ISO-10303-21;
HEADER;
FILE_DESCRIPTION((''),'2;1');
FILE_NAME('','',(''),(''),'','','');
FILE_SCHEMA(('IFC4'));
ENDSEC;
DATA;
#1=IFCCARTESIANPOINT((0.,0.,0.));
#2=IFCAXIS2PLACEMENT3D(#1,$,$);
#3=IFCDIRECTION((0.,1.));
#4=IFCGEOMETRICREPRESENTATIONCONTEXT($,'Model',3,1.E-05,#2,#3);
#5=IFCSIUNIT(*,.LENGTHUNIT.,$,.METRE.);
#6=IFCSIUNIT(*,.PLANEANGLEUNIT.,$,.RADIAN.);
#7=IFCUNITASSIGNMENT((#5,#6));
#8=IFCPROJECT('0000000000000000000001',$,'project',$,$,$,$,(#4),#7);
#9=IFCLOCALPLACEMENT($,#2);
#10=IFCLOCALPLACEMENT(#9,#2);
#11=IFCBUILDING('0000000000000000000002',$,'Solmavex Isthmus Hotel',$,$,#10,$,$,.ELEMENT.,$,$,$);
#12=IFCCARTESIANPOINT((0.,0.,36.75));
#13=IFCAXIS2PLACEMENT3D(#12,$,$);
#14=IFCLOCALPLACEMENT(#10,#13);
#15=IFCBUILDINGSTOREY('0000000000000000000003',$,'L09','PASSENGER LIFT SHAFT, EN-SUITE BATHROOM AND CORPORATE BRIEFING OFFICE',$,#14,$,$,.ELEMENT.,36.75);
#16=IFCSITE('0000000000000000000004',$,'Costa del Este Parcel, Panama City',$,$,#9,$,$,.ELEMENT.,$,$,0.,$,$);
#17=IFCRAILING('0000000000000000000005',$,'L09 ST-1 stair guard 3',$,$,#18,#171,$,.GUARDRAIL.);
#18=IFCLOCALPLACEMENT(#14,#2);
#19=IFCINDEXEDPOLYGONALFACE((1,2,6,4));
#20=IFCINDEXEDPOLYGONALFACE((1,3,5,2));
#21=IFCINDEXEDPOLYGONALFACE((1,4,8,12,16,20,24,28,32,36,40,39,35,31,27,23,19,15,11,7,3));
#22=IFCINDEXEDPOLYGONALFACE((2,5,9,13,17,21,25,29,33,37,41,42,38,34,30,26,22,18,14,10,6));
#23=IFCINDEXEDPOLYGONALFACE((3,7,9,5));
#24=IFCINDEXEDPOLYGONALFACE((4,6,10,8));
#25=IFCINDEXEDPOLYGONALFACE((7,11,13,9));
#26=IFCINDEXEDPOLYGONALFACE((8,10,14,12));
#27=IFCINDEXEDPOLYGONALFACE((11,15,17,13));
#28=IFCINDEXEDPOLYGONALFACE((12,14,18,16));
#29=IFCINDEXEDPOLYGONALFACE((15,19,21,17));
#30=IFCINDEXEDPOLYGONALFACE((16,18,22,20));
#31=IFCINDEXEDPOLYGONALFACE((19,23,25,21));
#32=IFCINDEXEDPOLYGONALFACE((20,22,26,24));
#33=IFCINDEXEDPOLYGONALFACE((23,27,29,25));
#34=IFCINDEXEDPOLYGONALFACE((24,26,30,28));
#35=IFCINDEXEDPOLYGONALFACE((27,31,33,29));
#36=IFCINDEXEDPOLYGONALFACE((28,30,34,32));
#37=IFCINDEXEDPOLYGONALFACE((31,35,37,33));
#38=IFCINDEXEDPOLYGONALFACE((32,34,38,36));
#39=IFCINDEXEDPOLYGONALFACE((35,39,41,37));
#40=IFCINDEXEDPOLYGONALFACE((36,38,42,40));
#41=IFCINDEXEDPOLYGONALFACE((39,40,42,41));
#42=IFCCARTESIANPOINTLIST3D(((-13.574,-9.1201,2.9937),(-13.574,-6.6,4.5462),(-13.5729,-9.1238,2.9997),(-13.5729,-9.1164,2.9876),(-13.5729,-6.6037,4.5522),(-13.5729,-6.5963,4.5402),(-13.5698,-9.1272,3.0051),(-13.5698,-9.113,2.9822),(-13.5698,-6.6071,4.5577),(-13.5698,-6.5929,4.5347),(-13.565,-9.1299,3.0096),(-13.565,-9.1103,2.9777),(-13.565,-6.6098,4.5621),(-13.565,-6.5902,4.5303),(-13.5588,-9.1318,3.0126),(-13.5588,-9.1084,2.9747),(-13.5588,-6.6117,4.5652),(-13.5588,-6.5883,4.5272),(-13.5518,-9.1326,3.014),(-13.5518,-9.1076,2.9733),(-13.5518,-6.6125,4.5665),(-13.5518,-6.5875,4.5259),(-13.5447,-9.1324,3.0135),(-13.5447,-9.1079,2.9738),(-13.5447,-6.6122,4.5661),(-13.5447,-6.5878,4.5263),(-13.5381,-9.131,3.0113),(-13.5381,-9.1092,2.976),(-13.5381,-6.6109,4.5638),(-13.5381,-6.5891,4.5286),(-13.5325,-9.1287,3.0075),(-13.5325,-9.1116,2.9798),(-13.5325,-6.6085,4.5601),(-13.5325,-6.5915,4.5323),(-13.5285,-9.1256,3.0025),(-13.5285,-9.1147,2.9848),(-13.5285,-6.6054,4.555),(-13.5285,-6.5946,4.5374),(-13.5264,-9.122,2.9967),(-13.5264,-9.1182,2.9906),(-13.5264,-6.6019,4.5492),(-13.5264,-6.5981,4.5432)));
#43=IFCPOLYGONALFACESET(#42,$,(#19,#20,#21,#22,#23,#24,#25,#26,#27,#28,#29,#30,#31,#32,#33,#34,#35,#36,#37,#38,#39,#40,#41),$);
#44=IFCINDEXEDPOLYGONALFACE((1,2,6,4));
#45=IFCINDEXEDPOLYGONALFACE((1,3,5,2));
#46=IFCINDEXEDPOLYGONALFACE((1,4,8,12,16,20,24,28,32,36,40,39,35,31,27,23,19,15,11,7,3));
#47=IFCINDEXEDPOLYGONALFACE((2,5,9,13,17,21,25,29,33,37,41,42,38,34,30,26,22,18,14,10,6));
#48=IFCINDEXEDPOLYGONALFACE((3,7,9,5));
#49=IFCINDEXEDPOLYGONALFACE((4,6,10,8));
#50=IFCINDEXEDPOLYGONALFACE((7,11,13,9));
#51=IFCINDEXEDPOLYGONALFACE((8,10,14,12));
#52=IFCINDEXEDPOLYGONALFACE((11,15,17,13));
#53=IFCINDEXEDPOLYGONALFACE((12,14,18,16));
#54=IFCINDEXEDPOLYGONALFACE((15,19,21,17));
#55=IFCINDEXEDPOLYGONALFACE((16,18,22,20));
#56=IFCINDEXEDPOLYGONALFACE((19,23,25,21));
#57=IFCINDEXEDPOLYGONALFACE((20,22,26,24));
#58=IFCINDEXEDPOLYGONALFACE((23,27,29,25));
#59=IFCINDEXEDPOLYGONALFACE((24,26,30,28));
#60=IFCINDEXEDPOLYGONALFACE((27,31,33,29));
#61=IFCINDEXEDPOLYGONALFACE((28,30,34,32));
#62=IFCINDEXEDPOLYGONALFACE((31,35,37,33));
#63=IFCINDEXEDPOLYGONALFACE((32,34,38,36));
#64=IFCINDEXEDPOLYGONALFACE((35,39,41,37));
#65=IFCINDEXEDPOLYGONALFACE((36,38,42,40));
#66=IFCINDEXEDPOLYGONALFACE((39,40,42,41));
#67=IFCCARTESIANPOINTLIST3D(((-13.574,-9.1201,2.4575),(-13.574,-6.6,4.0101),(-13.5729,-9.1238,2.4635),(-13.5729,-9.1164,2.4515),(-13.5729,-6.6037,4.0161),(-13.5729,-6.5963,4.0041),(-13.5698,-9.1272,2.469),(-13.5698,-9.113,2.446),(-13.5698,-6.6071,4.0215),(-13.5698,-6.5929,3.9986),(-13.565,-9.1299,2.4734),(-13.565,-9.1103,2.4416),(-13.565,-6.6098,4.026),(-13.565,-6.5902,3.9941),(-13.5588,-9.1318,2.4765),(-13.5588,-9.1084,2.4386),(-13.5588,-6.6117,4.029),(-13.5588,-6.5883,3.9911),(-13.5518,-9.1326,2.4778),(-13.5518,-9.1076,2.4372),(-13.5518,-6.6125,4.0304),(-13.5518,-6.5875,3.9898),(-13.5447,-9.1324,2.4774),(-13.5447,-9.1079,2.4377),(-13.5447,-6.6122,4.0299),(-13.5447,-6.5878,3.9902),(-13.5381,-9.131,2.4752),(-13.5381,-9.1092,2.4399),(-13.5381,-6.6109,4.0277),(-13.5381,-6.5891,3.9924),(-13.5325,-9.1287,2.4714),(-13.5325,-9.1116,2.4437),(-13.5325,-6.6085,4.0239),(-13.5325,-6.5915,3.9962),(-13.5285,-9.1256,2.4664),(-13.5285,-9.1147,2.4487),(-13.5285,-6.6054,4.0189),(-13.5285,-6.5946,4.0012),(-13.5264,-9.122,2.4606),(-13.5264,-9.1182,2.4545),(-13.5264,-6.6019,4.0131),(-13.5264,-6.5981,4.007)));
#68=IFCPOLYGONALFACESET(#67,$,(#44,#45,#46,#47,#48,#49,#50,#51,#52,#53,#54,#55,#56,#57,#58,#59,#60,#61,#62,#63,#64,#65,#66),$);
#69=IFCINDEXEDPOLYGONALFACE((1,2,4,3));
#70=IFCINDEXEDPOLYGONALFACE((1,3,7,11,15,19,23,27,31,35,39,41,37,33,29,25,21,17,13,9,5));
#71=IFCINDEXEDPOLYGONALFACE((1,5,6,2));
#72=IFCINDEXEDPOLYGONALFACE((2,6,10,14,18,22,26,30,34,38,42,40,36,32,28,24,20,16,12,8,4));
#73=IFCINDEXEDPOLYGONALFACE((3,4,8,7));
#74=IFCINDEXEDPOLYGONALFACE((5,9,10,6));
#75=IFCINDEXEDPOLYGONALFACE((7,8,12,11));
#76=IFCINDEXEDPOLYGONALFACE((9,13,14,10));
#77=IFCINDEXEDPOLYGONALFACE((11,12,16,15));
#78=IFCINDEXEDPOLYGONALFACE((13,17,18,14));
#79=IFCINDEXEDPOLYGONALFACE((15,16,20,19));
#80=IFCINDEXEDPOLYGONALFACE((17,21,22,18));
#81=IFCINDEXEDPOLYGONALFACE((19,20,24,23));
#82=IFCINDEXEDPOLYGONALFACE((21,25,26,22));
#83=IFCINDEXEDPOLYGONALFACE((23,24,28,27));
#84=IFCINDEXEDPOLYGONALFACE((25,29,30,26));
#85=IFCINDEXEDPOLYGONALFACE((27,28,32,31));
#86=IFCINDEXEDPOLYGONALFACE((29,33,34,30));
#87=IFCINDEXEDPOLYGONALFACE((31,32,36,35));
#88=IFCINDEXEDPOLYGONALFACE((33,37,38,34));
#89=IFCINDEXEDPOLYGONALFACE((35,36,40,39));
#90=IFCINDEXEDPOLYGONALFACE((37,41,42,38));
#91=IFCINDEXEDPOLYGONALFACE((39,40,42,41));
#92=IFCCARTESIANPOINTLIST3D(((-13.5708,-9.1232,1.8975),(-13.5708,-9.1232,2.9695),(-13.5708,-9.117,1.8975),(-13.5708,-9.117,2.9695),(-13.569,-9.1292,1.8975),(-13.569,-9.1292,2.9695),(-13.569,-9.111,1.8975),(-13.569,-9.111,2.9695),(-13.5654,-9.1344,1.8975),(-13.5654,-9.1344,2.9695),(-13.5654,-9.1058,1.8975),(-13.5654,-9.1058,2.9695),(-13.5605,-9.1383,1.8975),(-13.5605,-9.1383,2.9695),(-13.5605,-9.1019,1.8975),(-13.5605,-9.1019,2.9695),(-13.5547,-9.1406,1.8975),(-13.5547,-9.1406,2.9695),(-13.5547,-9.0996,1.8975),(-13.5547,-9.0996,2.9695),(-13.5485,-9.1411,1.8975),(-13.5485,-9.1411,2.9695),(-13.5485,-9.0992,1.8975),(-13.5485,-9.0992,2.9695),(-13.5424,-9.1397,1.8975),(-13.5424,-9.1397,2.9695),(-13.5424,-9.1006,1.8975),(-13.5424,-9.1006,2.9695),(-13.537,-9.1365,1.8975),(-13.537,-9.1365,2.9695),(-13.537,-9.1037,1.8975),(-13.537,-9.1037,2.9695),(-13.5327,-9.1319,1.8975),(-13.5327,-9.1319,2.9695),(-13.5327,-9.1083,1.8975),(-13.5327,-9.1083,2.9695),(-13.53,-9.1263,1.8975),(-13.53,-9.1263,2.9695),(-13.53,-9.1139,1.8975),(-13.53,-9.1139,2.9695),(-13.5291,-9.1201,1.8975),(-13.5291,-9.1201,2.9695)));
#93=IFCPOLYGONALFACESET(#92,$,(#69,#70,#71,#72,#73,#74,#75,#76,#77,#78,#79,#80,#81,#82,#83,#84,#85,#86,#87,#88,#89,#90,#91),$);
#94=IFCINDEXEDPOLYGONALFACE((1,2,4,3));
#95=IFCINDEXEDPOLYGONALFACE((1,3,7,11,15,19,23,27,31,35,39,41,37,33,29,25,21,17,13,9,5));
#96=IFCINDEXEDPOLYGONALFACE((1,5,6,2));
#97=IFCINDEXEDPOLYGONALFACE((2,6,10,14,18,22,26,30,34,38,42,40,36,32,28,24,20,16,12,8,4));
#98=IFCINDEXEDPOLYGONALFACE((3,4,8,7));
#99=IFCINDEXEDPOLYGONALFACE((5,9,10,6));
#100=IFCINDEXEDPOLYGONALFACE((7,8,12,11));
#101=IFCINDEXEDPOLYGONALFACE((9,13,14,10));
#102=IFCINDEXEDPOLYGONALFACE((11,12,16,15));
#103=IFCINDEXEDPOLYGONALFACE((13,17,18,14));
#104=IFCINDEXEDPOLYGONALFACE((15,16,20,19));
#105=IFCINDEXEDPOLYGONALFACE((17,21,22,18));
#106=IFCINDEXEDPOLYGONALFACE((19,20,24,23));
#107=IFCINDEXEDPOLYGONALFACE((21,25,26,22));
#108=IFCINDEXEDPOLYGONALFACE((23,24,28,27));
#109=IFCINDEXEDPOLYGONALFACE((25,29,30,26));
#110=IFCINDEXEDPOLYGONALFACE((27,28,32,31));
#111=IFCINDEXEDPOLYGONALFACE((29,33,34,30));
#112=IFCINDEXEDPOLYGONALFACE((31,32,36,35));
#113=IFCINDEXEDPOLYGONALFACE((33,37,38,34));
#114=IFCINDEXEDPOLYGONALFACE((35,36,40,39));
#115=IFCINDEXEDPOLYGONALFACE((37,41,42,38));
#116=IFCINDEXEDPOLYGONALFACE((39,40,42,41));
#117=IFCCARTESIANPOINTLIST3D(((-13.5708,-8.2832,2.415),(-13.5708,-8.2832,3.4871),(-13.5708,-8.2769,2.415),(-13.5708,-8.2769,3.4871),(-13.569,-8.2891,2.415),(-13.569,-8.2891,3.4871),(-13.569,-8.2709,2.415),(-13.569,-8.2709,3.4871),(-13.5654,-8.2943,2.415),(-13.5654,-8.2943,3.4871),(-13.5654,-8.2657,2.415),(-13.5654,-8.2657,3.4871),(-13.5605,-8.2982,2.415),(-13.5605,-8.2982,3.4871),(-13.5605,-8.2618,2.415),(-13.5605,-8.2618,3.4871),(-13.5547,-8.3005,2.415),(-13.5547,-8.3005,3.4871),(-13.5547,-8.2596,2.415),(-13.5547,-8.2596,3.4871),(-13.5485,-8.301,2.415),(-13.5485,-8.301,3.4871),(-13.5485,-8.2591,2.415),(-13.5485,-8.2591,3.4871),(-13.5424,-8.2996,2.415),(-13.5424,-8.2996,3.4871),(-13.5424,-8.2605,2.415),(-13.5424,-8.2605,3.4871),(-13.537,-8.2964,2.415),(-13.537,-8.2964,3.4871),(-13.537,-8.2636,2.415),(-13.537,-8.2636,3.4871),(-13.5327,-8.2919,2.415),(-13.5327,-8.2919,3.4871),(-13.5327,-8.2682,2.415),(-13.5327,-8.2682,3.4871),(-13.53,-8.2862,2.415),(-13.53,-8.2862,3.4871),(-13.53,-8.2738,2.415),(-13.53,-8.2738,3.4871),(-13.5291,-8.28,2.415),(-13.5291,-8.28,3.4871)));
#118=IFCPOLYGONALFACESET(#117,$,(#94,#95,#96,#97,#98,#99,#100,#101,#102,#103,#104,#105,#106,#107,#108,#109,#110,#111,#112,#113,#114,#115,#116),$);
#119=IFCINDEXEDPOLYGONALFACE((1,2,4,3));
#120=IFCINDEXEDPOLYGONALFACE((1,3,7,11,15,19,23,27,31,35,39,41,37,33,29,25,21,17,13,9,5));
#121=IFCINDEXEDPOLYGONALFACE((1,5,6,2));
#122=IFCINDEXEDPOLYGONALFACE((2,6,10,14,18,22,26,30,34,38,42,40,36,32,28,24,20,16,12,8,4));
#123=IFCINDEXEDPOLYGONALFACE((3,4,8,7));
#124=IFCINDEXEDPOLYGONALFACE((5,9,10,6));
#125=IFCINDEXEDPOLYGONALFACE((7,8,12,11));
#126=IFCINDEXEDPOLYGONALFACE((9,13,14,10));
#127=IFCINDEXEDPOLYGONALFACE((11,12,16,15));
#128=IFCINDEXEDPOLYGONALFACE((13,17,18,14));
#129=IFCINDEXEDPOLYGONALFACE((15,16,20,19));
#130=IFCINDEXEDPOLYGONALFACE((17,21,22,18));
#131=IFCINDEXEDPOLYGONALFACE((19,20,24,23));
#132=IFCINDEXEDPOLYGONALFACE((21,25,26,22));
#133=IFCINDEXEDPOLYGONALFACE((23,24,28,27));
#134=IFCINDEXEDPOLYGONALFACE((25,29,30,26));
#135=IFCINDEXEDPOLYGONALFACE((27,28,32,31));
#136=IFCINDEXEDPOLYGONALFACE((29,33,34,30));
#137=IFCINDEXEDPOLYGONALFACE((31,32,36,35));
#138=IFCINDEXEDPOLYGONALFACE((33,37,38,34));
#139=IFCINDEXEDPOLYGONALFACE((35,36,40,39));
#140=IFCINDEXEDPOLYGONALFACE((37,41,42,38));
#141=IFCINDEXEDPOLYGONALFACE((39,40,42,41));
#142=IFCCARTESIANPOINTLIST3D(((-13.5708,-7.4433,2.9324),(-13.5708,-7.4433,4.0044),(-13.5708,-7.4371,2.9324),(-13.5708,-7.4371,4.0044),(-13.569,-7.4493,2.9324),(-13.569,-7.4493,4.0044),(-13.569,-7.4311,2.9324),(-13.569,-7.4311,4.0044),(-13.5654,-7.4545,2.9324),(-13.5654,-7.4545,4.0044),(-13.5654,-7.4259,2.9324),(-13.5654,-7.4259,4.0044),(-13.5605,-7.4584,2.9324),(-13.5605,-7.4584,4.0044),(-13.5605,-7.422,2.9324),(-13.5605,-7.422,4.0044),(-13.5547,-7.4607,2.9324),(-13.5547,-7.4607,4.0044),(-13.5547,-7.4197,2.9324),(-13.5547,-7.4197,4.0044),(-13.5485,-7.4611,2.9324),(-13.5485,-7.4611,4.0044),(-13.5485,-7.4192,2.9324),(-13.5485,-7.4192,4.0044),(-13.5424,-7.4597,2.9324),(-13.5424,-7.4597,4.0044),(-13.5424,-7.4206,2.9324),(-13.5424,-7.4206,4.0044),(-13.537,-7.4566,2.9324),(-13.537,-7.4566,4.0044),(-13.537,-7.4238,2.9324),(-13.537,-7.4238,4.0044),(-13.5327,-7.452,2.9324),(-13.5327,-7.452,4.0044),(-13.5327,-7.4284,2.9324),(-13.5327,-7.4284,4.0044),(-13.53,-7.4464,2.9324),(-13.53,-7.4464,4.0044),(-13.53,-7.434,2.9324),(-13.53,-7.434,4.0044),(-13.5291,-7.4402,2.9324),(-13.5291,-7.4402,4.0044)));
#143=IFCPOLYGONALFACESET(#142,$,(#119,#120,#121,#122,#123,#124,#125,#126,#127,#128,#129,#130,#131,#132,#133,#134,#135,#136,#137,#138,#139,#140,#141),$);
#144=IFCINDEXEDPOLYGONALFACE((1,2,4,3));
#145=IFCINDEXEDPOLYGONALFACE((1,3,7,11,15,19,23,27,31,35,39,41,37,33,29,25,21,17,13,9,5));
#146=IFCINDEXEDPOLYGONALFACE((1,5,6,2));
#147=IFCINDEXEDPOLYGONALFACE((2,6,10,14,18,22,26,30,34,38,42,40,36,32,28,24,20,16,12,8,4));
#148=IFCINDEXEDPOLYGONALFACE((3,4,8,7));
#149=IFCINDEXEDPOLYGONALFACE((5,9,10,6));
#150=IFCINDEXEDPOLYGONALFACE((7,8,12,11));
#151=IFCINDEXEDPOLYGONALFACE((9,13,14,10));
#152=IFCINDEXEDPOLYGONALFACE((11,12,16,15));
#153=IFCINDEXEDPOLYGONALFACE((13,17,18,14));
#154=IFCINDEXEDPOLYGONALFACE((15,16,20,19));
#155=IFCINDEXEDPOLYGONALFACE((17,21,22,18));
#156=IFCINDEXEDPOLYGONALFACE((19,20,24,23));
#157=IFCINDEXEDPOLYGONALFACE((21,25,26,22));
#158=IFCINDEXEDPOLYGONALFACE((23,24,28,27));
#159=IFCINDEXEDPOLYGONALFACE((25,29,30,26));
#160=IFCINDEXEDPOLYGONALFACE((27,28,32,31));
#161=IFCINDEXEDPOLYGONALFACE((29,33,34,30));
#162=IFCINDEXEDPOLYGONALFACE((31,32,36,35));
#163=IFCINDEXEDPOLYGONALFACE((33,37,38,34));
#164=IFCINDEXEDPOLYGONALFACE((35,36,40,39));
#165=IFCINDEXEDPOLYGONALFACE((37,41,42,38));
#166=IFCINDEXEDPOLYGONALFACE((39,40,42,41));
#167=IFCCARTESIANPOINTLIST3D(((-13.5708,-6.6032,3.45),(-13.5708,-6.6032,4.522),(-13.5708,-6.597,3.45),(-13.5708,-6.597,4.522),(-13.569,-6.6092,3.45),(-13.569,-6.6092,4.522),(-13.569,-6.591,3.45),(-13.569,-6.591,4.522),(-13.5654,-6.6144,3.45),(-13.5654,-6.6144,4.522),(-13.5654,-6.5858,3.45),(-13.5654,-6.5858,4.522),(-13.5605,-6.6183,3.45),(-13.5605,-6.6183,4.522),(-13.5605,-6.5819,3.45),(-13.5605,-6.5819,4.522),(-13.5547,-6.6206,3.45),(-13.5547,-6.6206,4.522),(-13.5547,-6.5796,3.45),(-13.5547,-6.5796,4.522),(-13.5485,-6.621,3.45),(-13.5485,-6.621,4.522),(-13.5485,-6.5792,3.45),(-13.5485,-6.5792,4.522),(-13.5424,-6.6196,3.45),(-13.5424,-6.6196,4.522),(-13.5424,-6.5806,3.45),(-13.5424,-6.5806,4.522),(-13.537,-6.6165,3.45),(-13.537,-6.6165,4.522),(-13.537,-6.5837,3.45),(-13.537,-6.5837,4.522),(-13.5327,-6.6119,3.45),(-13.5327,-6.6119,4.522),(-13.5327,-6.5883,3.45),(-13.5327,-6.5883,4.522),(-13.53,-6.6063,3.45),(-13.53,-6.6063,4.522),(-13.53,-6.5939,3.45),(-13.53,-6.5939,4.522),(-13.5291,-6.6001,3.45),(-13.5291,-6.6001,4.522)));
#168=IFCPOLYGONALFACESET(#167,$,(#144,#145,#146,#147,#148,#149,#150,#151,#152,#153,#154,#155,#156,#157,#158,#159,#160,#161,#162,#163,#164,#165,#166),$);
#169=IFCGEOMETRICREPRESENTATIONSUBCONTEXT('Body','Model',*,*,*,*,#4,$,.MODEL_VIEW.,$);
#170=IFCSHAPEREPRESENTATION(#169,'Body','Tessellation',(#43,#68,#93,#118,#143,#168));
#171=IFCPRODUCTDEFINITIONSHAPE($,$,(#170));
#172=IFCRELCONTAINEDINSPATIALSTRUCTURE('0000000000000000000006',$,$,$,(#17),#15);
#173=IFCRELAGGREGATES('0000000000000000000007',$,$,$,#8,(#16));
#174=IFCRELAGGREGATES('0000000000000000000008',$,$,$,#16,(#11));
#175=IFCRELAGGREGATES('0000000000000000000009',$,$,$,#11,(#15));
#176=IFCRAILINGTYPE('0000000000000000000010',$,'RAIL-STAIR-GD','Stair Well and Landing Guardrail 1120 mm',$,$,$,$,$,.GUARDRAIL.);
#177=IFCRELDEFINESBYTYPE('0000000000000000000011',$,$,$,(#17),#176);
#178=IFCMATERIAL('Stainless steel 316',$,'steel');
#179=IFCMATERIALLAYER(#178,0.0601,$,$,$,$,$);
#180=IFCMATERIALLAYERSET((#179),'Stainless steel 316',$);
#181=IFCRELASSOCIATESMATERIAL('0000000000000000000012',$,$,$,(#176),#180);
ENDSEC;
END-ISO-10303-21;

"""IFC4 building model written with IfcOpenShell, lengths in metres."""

from ifc_helpers import new_model, si_unit, direction, frame, origin, origin_2d, place, context, subcontext, project, spatial, circle, extrude, material, layer, layer_set, type_object, element, save


model = new_model("IFC4")

# Units and contexts
model_context = context("Model", 3, precision=1e-05, world=origin(), true_north=direction((0.0, 1.0)))
body_context = subcontext(model_context, "Body", "Model", "MODEL_VIEW")
ifc_project = project(units=[si_unit("LENGTHUNIT", "METRE"), si_unit("PLANEANGLEUNIT", "RADIAN")], contexts=[model_context])

# Site, building, storey
site_placement = place(None, origin())
site = spatial("IfcSite", under=ifc_project, at=site_placement, Name="Costa del Este Parcel, Panama City", CompositionType="ELEMENT", RefElevation=0.0)
building_placement = place(site_placement, origin())
building = spatial("IfcBuilding", under=site, at=building_placement, Name="Solmavex Isthmus Hotel", CompositionType="ELEMENT")
storey_placement = place(building_placement, frame((0.0, 0.0, 36.75)))
storey = spatial("IfcBuildingStorey", under=building, at=storey_placement, Name="L09", Description="PASSENGER LIFT SHAFT, EN-SUITE BATHROOM AND CORPORATE BRIEFING OFFICE", CompositionType="ELEMENT", Elevation=36.75)

# Shared definitions
ifc_material_1 = material(Name="Stainless steel 316", Category="steel")

# Railing
ifc_layer_1 = layer(ifc_material_1, 0.0601)
ifc_layer_set_1 = layer_set([ifc_layer_1], Name="Stainless steel 316")
railing_type_1 = type_object("IfcRailingType", Name="RAIL-STAIR-GD", Description="Stair Well and Landing Guardrail 1120 mm", PredefinedType="GUARDRAIL", material=ifc_layer_set_1)
railing_1_placement = place(storey_placement, frame((-13.55, -9.1201, 1.8975)))
element("IfcRailing", 1, at=railing_1_placement, inside=storey, type_object=railing_type_1, Name="L09 ST-1 stair guard 3", PredefinedType="GUARDRAIL", context=body_context, shape_type="SweptSolid", body=[
    extrude(circle(Radius=0.0239, at=origin_2d()), frame((0.0, 0.0, 1.0962), z_axis=(0.0, 0.8514, 0.524516), x_axis=(-1.0, 0.0, 0.0)), (0.0, 0.0, 1.0), 2.96),
    extrude(circle(Radius=0.0239, at=origin_2d()), frame((0.0, 0.0, 0.5601), z_axis=(0.0, 0.8514, 0.524516), x_axis=(-1.0, 0.0, 0.0)), (0.0, 0.0, 1.0), 2.96),
    extrude(circle(Radius=0.021, at=origin_2d()), origin(), (0.0, 0.0, 1.0), 1.072),
    extrude(circle(Radius=0.021, at=origin_2d()), frame((0.0, 0.8401, 0.5176)), (0.0, 0.0, 1.0), 1.072),
    extrude(circle(Radius=0.021, at=origin_2d()), frame((0.0, 1.6799, 1.0349)), (0.0, 0.0, 1.0), 1.072),
    extrude(circle(Radius=0.021, at=origin_2d()), frame((0.0, 2.52, 1.5525)), (0.0, 0.0, 1.0), 1.072),
])

save(model, "model.ifc")
